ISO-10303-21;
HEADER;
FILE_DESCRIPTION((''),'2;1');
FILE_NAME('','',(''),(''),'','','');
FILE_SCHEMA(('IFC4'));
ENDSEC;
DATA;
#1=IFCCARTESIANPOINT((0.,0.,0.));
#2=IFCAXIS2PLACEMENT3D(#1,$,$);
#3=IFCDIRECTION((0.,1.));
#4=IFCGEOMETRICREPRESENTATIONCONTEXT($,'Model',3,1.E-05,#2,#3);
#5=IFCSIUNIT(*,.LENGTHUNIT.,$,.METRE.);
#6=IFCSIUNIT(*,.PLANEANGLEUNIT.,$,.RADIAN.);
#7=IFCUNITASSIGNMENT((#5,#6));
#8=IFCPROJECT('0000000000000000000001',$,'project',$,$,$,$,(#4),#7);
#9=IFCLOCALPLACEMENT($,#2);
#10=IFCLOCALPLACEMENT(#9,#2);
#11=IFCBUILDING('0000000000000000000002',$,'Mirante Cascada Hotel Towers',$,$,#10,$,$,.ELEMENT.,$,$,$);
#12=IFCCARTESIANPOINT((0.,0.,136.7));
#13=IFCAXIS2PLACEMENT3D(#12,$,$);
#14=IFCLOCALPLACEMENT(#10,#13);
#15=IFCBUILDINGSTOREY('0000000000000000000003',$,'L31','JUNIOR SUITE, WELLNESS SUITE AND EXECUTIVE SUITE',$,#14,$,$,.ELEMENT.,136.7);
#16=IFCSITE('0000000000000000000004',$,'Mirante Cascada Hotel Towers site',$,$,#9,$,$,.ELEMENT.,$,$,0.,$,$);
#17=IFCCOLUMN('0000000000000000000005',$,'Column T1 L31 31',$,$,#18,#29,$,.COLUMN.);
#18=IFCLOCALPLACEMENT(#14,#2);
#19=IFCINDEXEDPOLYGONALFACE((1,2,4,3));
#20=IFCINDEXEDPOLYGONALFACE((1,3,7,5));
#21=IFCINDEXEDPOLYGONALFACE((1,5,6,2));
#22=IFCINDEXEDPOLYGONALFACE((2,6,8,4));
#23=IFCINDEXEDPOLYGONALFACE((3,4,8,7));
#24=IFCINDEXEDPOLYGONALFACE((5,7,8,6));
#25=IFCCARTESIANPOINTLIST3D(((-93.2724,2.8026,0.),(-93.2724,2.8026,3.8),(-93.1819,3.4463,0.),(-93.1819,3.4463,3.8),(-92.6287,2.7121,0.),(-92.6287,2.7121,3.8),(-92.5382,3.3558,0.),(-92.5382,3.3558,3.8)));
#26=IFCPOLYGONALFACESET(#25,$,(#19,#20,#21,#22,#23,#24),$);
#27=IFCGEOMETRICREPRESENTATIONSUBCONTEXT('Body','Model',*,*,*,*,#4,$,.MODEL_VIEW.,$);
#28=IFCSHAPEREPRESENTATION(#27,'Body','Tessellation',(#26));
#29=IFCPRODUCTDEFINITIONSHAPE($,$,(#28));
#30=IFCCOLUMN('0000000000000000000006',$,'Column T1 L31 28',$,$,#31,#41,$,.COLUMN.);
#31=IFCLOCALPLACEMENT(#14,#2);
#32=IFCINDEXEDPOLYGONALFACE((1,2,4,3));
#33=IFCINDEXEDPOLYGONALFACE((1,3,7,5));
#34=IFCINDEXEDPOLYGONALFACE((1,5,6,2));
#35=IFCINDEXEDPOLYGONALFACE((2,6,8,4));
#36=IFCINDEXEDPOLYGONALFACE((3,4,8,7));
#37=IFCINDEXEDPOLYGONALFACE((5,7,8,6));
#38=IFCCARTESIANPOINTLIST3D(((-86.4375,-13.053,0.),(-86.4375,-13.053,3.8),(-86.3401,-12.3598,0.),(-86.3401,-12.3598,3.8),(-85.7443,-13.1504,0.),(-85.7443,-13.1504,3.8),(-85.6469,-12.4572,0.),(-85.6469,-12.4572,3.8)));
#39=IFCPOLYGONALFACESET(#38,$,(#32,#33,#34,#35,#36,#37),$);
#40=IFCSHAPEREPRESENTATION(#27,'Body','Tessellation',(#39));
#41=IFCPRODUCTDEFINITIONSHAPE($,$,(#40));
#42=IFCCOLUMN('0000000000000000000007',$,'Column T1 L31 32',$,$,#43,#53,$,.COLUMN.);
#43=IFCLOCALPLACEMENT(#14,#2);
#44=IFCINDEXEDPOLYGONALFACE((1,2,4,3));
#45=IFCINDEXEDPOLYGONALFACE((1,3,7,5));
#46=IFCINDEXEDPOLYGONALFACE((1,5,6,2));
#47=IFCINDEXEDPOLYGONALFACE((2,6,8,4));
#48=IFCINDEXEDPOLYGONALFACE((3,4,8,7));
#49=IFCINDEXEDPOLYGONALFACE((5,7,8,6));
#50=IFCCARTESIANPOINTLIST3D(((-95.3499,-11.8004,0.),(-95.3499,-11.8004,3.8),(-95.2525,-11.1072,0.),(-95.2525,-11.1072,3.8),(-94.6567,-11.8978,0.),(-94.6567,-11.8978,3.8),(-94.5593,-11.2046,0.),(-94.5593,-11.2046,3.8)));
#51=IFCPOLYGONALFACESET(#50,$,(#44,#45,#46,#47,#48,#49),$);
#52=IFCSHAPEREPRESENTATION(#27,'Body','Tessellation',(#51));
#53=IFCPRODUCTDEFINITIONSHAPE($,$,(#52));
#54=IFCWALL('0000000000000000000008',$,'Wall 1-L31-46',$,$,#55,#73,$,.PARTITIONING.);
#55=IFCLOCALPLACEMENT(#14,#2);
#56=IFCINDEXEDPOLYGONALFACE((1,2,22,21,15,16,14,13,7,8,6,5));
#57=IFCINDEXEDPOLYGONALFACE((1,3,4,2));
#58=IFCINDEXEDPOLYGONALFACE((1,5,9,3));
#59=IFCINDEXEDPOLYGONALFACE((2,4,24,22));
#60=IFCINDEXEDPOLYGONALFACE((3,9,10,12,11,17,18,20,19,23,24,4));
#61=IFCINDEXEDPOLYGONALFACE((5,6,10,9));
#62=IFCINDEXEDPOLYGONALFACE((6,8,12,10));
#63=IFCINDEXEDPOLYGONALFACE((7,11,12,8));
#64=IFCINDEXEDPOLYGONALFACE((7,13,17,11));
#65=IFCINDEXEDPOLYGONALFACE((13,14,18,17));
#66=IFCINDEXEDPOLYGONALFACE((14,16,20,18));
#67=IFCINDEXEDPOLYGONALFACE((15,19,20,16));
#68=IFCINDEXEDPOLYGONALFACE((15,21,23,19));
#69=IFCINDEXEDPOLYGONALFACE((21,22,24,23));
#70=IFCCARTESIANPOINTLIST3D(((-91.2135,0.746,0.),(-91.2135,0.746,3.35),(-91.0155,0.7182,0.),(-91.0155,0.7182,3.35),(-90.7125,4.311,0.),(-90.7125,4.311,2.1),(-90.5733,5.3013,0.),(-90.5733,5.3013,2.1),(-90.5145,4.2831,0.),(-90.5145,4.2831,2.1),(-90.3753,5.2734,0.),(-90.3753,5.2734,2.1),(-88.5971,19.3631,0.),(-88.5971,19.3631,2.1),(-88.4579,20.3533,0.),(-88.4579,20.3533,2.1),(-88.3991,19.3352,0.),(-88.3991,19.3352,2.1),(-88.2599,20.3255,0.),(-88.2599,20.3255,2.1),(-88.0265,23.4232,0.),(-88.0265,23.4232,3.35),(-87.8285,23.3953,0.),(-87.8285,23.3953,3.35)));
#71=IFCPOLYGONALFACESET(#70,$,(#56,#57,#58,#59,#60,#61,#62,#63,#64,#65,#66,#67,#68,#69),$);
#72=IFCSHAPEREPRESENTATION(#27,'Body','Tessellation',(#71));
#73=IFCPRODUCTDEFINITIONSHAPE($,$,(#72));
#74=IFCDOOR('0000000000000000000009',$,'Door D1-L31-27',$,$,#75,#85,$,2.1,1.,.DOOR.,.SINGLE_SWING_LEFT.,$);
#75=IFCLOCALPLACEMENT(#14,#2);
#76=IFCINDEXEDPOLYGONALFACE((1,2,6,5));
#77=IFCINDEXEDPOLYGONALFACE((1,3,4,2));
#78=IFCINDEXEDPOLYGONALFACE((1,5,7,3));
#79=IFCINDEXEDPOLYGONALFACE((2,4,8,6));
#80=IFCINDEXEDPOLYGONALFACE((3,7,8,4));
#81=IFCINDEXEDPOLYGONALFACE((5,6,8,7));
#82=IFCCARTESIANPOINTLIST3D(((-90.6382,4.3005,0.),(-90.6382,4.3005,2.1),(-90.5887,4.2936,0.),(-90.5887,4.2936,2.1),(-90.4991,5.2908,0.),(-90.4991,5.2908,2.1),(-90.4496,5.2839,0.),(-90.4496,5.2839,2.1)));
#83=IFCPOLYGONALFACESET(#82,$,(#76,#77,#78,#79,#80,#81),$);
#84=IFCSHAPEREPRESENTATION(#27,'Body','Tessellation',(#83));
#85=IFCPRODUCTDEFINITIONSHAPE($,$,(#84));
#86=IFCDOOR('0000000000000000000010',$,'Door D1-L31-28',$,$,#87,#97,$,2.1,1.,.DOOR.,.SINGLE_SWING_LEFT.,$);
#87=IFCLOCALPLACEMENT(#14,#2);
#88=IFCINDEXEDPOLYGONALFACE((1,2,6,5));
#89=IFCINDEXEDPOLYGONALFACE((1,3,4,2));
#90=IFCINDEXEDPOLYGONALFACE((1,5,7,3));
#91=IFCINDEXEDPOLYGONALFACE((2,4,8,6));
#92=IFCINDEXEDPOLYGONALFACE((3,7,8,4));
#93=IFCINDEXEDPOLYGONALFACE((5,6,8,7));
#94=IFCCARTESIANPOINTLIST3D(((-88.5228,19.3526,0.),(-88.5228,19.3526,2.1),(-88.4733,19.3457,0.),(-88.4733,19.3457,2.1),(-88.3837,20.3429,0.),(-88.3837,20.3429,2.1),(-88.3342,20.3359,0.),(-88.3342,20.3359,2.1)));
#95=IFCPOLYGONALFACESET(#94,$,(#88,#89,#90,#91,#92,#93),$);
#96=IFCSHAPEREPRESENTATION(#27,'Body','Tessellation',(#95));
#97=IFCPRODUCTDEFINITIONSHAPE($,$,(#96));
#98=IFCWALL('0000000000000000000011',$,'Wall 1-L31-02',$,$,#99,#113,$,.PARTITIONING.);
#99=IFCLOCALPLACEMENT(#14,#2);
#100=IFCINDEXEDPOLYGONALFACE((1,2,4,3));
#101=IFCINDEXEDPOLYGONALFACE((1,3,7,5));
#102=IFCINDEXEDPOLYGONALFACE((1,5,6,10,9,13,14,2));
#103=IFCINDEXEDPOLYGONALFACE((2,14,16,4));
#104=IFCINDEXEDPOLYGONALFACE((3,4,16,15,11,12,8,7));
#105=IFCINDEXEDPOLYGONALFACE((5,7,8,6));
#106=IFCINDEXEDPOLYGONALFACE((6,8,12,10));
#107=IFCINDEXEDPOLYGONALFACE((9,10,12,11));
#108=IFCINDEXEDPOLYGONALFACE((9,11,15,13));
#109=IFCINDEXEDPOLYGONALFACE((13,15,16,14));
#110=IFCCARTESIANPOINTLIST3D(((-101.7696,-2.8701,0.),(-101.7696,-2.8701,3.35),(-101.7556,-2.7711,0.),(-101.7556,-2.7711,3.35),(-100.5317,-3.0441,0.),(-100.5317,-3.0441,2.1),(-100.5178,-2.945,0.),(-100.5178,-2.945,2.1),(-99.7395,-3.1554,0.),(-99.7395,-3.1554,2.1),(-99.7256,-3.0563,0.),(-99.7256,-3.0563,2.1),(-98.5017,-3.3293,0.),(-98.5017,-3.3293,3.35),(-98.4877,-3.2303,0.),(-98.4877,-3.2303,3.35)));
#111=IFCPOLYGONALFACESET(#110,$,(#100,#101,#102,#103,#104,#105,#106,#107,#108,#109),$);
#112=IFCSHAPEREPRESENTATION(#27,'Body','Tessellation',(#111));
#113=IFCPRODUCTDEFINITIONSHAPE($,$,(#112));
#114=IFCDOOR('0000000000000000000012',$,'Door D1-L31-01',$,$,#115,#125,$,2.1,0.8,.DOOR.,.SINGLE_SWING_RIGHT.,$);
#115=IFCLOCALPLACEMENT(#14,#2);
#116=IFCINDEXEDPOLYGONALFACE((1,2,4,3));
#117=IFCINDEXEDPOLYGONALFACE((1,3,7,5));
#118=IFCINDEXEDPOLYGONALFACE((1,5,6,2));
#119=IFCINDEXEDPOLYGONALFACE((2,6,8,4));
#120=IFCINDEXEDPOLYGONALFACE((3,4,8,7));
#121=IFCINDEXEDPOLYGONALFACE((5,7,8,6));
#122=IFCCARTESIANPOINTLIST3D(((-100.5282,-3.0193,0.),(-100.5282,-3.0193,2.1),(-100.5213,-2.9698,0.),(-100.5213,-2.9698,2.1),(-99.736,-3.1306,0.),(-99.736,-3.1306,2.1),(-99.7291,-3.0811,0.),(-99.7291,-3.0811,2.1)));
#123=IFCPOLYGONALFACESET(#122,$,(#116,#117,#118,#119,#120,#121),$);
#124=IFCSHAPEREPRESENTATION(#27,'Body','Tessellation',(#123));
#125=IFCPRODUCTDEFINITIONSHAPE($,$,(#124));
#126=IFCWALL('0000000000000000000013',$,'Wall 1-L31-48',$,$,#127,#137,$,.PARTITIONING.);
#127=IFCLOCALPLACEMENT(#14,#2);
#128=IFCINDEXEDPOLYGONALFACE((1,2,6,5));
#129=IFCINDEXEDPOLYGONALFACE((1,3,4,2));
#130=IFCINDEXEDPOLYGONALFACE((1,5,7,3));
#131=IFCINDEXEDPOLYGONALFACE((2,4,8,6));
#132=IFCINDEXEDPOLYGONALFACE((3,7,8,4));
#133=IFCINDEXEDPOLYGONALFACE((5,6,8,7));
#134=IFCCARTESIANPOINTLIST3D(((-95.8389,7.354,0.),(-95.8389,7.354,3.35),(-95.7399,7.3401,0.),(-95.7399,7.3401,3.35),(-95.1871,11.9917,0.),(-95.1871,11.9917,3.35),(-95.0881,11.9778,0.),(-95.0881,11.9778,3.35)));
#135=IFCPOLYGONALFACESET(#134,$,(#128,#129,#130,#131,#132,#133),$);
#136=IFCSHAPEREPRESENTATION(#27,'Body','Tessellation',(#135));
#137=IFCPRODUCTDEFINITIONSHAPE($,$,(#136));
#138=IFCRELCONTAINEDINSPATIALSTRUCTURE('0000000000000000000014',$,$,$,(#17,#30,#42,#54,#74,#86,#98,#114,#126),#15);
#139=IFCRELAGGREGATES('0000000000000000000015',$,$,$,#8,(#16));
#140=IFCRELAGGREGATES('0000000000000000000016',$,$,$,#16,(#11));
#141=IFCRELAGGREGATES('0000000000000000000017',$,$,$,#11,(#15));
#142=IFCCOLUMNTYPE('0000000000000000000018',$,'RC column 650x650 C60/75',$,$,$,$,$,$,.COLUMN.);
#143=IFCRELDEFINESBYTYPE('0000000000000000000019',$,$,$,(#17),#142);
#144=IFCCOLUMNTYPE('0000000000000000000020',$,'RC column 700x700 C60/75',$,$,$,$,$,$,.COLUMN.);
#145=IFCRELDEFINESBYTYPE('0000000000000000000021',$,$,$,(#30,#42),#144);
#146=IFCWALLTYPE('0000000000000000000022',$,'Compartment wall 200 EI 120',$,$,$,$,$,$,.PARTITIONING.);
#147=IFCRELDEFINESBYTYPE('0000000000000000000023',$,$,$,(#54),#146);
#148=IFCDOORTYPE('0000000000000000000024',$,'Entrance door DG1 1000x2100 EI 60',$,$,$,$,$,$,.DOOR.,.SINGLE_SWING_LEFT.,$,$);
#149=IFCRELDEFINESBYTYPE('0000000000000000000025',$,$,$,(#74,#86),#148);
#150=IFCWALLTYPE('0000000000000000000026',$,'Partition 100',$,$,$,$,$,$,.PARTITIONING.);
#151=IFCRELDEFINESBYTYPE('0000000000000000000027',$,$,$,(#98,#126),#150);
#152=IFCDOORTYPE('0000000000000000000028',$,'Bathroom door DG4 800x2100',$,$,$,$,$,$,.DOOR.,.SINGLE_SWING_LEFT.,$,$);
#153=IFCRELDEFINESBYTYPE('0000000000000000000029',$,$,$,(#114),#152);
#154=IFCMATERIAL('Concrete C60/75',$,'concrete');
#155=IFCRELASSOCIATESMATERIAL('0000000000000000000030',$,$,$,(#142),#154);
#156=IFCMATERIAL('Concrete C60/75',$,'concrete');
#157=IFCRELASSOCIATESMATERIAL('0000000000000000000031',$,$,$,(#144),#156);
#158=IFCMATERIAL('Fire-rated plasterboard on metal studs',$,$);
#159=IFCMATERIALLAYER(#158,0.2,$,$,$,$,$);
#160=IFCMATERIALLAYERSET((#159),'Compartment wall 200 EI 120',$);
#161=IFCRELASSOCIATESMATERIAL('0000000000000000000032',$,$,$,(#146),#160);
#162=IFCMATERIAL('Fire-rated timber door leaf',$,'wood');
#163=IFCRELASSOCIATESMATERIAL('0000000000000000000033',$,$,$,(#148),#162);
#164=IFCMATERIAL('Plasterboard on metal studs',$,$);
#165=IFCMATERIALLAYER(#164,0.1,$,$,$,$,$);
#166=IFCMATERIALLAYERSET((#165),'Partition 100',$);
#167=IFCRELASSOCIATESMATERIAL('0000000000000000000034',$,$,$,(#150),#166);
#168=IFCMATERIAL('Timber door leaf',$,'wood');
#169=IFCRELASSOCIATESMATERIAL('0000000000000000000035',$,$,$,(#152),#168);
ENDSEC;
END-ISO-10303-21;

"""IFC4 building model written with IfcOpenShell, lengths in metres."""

from ifc_helpers import new_model, si_unit, direction, frame, frame_2d, origin, origin_2d, place, context, subcontext, project, spatial, rectangle, extrude, material, layer, layer_set, material_profile, profile_set, type_object, element, fill, save


model = new_model("IFC4")

# Units and contexts
model_context = context("Model", 3, precision=1e-05, world=origin(), true_north=direction((0.0, 1.0)))
body_context = subcontext(model_context, "Body", "Model", "MODEL_VIEW")
ifc_project = project(units=[si_unit("LENGTHUNIT", "METRE"), si_unit("PLANEANGLEUNIT", "RADIAN")], contexts=[model_context])

# Site, building, storey
site_placement = place(None, origin())
site = spatial("IfcSite", under=ifc_project, at=site_placement, Name="Mirante Cascada Hotel Towers site", CompositionType="ELEMENT", RefElevation=0.0)
building_placement = place(site_placement, origin())
building = spatial("IfcBuilding", under=site, at=building_placement, Name="Mirante Cascada Hotel Towers", CompositionType="ELEMENT")
storey_placement = place(building_placement, frame((0.0, 0.0, 136.7)))
storey = spatial("IfcBuildingStorey", under=building, at=storey_placement, Name="L31", Description="JUNIOR SUITE, WELLNESS SUITE AND EXECUTIVE SUITE", CompositionType="ELEMENT", Elevation=136.7)

# Columns
ifc_material_1 = material(Name="Concrete C60/75", Category="concrete")
ifc_material_profile_1 = material_profile(ifc_material_1, rectangle(XDim=0.65, YDim=0.65, at=origin_2d()), Name="RC column 650x650 C60/75")
ifc_profile_set_1 = profile_set([ifc_material_profile_1], Name="Concrete C60/75")
column_type_1 = type_object("IfcColumnType", Name="RC column 650x650 C60/75", PredefinedType="COLUMN", material=ifc_profile_set_1)
column_placement = place(storey_placement, frame((-92.9053, 3.0792, 0.0), z_axis=(0.0, 0.0, 1.0), x_axis=(-0.990268, 0.139173, 0.0)))
element("IfcColumn", 1, at=column_placement, inside=storey, type_object=column_type_1, Name="Column T1 L31 31", PredefinedType="COLUMN", context=body_context, shape_type="SweptSolid", body=[
    extrude(rectangle(XDim=0.65, YDim=0.65, at=origin_2d()), origin(), (0.0, 0.0, 1.0), 3.8),
])
ifc_material_2 = material(Name="Concrete C60/75", Category="concrete")
ifc_material_profile_2 = material_profile(ifc_material_2, rectangle(XDim=0.7, YDim=0.7, at=origin_2d()), Name="RC column 700x700 C60/75")
ifc_profile_set_2 = profile_set([ifc_material_profile_2], Name="Concrete C60/75")
column_type_2 = type_object("IfcColumnType", Name="RC column 700x700 C60/75", PredefinedType="COLUMN", material=ifc_profile_set_2)
for number, where, z_axis, x_axis, name in (
    (2, (-86.0422, -12.7551, 0.0), (0.0, 0.0, 1.0), (-0.990268, 0.139173, 0.0), "Column T1 L31 28"),
    (3, (-94.9546, -11.5025, 0.0), (0.0, 0.0, 1.0), (-0.990268, 0.139173, 0.0), "Column T1 L31 32"),
):
    element("IfcColumn", number, at=place(storey_placement, frame(where, z_axis=z_axis, x_axis=x_axis)), inside=storey, type_object=column_type_2, Name=name, PredefinedType="COLUMN", context=body_context, shape_type="SweptSolid", body=[
        extrude(rectangle(XDim=0.7, YDim=0.7, at=origin_2d()), origin(), (0.0, 0.0, 1.0), 3.8),
    ])

# Wall, openings, doors
ifc_material_3 = material(Name="Fire-rated plasterboard on metal studs")
ifc_layer_1 = layer(ifc_material_3, 0.2)
ifc_layer_set_1 = layer_set([ifc_layer_1], Name="Compartment wall 200 EI 120")
wall_type_1 = type_object("IfcWallType", Name="Compartment wall 200 EI 120", PredefinedType="PARTITIONING", material=ifc_layer_set_1)
wall_1_placement = place(storey_placement, frame((-91.1145, 0.7321, 0.0), z_axis=(0.0, 0.0, 1.0), x_axis=(0.139171, 0.990268, 0.0)))
wall_1 = element("IfcWall", 4, at=wall_1_placement, inside=storey, type_object=wall_type_1, Name="Wall 1-L31-46", PredefinedType="PARTITIONING", context=body_context, shape_type="SweptSolid", body=[
    extrude(rectangle(XDim=22.9, YDim=0.2, at=frame_2d((11.45, 0.0))), origin(), (0.0, 0.0, 1.0), 3.35),
])
opening_1_placement = place(wall_1_placement, frame((3.6, 0.0, 0.0)))
opening_1 = element("IfcOpeningElement", 5, at=opening_1_placement, cuts=wall_1, PredefinedType="OPENING", context=body_context, shape_type="SweptSolid", body=[
    extrude(rectangle(XDim=1.0, YDim=2.1, at=frame_2d((0.5, 1.05))), frame((0.0, 0.1, 0.0), z_axis=(0.0, -1.0, 0.0), x_axis=(1.0, 0.0, 0.0)), (0.0, 0.0, 1.0), 0.2),
])
opening_2_placement = place(wall_1_placement, frame((18.8, 0.0, 0.0)))
opening_2 = element("IfcOpeningElement", 6, at=opening_2_placement, cuts=wall_1, PredefinedType="OPENING", context=body_context, shape_type="SweptSolid", body=[
    extrude(rectangle(XDim=1.0, YDim=2.1, at=frame_2d((0.5, 1.05))), frame((0.0, 0.1, 0.0), z_axis=(0.0, -1.0, 0.0), x_axis=(1.0, 0.0, 0.0)), (0.0, 0.0, 1.0), 0.2),
])
ifc_material_4 = material(Name="Fire-rated timber door leaf", Category="wood")
door_type_1 = type_object("IfcDoorType", Name="Entrance door DG1 1000x2100 EI 60", OperationType="SINGLE_SWING_LEFT", PredefinedType="DOOR", material=ifc_material_4)
door_1_placement = place(opening_1_placement, origin())
door_1 = element("IfcDoor", 7, at=door_1_placement, inside=storey, type_object=door_type_1, Name="Door D1-L31-27", OperationType="SINGLE_SWING_LEFT", OverallHeight=2.1, OverallWidth=1.0, PredefinedType="DOOR", context=body_context, shape_type="SweptSolid", body=[
    extrude(rectangle(XDim=1.0, YDim=2.1, at=frame_2d((0.5, 1.05))), frame((0.0, 0.025, 0.0), z_axis=(0.0, -1.0, 0.0), x_axis=(1.0, 0.0, 0.0)), (0.0, 0.0, 1.0), 0.05),
])
fill(opening_1, door_1)
door_2_placement = place(opening_2_placement, origin())
door_2 = element("IfcDoor", 8, at=door_2_placement, inside=storey, type_object=door_type_1, Name="Door D1-L31-28", OperationType="SINGLE_SWING_LEFT", OverallHeight=2.1, OverallWidth=1.0, PredefinedType="DOOR", context=body_context, shape_type="SweptSolid", body=[
    extrude(rectangle(XDim=1.0, YDim=2.1, at=frame_2d((0.5, 1.05))), frame((0.0, 0.025, 0.0), z_axis=(0.0, -1.0, 0.0), x_axis=(1.0, 0.0, 0.0)), (0.0, 0.0, 1.0), 0.05),
])
fill(opening_2, door_2)

# Wall, opening, door
ifc_material_5 = material(Name="Plasterboard on metal studs")
ifc_layer_2 = layer(ifc_material_5, 0.1)
ifc_layer_set_2 = layer_set([ifc_layer_2], Name="Partition 100")
wall_type_2 = type_object("IfcWallType", Name="Partition 100", PredefinedType="PARTITIONING", material=ifc_layer_set_2)
wall_2_placement = place(storey_placement, frame((-98.4947, -3.2798, 0.0), z_axis=(0.0, 0.0, 1.0), x_axis=(-0.990271, 0.139151, 0.0)))
wall_2 = element("IfcWall", 9, at=wall_2_placement, inside=storey, type_object=wall_type_2, Name="Wall 1-L31-02", PredefinedType="PARTITIONING", context=body_context, shape_type="SweptSolid", body=[
    extrude(rectangle(XDim=3.3, YDim=0.1, at=frame_2d((1.65, 0.0))), origin(), (0.0, 0.0, 1.0), 3.35),
])
opening_3_placement = place(wall_2_placement, frame((1.25, 0.0, 0.0)))
opening_3 = element("IfcOpeningElement", 10, at=opening_3_placement, cuts=wall_2, PredefinedType="OPENING", context=body_context, shape_type="SweptSolid", body=[
    extrude(rectangle(XDim=0.8, YDim=2.1, at=frame_2d((0.4, 1.05))), frame((0.0, 0.05, 0.0), z_axis=(0.0, -1.0, 0.0), x_axis=(1.0, 0.0, 0.0)), (0.0, 0.0, 1.0), 0.1),
])
ifc_material_6 = material(Name="Timber door leaf", Category="wood")
door_type_2 = type_object("IfcDoorType", Name="Bathroom door DG4 800x2100", OperationType="SINGLE_SWING_LEFT", PredefinedType="DOOR", material=ifc_material_6)
door_3_placement = place(opening_3_placement, frame((0.8, 0.0, 0.0), z_axis=(0.0, 0.0, 1.0), x_axis=(-1.0, 0.0, 0.0)))
door_3 = element("IfcDoor", 11, at=door_3_placement, inside=storey, type_object=door_type_2, Name="Door D1-L31-01", OperationType="SINGLE_SWING_RIGHT", OverallHeight=2.1, OverallWidth=0.8, PredefinedType="DOOR", context=body_context, shape_type="SweptSolid", body=[
    extrude(rectangle(XDim=0.8, YDim=2.1, at=frame_2d((0.4, 1.05))), frame((0.0, 0.025, 0.0), z_axis=(0.0, -1.0, 0.0), x_axis=(1.0, 0.0, 0.0)), (0.0, 0.0, 1.0), 0.05),
])
fill(opening_3, door_3)

# Wall
wall_3_placement = place(storey_placement, frame((-95.7894, 7.3471, 0.0), z_axis=(0.0, 0.0, 1.0), x_axis=(0.139176, 0.990268, 0.0)))
element("IfcWall", 12, at=wall_3_placement, inside=storey, type_object=wall_type_2, Name="Wall 1-L31-48", PredefinedType="PARTITIONING", context=body_context, shape_type="SweptSolid", body=[
    extrude(rectangle(XDim=4.6833, YDim=0.1, at=frame_2d((2.3416, 0.0))), origin(), (0.0, 0.0, 1.0), 3.35),
])

save(model, "model.ifc")
